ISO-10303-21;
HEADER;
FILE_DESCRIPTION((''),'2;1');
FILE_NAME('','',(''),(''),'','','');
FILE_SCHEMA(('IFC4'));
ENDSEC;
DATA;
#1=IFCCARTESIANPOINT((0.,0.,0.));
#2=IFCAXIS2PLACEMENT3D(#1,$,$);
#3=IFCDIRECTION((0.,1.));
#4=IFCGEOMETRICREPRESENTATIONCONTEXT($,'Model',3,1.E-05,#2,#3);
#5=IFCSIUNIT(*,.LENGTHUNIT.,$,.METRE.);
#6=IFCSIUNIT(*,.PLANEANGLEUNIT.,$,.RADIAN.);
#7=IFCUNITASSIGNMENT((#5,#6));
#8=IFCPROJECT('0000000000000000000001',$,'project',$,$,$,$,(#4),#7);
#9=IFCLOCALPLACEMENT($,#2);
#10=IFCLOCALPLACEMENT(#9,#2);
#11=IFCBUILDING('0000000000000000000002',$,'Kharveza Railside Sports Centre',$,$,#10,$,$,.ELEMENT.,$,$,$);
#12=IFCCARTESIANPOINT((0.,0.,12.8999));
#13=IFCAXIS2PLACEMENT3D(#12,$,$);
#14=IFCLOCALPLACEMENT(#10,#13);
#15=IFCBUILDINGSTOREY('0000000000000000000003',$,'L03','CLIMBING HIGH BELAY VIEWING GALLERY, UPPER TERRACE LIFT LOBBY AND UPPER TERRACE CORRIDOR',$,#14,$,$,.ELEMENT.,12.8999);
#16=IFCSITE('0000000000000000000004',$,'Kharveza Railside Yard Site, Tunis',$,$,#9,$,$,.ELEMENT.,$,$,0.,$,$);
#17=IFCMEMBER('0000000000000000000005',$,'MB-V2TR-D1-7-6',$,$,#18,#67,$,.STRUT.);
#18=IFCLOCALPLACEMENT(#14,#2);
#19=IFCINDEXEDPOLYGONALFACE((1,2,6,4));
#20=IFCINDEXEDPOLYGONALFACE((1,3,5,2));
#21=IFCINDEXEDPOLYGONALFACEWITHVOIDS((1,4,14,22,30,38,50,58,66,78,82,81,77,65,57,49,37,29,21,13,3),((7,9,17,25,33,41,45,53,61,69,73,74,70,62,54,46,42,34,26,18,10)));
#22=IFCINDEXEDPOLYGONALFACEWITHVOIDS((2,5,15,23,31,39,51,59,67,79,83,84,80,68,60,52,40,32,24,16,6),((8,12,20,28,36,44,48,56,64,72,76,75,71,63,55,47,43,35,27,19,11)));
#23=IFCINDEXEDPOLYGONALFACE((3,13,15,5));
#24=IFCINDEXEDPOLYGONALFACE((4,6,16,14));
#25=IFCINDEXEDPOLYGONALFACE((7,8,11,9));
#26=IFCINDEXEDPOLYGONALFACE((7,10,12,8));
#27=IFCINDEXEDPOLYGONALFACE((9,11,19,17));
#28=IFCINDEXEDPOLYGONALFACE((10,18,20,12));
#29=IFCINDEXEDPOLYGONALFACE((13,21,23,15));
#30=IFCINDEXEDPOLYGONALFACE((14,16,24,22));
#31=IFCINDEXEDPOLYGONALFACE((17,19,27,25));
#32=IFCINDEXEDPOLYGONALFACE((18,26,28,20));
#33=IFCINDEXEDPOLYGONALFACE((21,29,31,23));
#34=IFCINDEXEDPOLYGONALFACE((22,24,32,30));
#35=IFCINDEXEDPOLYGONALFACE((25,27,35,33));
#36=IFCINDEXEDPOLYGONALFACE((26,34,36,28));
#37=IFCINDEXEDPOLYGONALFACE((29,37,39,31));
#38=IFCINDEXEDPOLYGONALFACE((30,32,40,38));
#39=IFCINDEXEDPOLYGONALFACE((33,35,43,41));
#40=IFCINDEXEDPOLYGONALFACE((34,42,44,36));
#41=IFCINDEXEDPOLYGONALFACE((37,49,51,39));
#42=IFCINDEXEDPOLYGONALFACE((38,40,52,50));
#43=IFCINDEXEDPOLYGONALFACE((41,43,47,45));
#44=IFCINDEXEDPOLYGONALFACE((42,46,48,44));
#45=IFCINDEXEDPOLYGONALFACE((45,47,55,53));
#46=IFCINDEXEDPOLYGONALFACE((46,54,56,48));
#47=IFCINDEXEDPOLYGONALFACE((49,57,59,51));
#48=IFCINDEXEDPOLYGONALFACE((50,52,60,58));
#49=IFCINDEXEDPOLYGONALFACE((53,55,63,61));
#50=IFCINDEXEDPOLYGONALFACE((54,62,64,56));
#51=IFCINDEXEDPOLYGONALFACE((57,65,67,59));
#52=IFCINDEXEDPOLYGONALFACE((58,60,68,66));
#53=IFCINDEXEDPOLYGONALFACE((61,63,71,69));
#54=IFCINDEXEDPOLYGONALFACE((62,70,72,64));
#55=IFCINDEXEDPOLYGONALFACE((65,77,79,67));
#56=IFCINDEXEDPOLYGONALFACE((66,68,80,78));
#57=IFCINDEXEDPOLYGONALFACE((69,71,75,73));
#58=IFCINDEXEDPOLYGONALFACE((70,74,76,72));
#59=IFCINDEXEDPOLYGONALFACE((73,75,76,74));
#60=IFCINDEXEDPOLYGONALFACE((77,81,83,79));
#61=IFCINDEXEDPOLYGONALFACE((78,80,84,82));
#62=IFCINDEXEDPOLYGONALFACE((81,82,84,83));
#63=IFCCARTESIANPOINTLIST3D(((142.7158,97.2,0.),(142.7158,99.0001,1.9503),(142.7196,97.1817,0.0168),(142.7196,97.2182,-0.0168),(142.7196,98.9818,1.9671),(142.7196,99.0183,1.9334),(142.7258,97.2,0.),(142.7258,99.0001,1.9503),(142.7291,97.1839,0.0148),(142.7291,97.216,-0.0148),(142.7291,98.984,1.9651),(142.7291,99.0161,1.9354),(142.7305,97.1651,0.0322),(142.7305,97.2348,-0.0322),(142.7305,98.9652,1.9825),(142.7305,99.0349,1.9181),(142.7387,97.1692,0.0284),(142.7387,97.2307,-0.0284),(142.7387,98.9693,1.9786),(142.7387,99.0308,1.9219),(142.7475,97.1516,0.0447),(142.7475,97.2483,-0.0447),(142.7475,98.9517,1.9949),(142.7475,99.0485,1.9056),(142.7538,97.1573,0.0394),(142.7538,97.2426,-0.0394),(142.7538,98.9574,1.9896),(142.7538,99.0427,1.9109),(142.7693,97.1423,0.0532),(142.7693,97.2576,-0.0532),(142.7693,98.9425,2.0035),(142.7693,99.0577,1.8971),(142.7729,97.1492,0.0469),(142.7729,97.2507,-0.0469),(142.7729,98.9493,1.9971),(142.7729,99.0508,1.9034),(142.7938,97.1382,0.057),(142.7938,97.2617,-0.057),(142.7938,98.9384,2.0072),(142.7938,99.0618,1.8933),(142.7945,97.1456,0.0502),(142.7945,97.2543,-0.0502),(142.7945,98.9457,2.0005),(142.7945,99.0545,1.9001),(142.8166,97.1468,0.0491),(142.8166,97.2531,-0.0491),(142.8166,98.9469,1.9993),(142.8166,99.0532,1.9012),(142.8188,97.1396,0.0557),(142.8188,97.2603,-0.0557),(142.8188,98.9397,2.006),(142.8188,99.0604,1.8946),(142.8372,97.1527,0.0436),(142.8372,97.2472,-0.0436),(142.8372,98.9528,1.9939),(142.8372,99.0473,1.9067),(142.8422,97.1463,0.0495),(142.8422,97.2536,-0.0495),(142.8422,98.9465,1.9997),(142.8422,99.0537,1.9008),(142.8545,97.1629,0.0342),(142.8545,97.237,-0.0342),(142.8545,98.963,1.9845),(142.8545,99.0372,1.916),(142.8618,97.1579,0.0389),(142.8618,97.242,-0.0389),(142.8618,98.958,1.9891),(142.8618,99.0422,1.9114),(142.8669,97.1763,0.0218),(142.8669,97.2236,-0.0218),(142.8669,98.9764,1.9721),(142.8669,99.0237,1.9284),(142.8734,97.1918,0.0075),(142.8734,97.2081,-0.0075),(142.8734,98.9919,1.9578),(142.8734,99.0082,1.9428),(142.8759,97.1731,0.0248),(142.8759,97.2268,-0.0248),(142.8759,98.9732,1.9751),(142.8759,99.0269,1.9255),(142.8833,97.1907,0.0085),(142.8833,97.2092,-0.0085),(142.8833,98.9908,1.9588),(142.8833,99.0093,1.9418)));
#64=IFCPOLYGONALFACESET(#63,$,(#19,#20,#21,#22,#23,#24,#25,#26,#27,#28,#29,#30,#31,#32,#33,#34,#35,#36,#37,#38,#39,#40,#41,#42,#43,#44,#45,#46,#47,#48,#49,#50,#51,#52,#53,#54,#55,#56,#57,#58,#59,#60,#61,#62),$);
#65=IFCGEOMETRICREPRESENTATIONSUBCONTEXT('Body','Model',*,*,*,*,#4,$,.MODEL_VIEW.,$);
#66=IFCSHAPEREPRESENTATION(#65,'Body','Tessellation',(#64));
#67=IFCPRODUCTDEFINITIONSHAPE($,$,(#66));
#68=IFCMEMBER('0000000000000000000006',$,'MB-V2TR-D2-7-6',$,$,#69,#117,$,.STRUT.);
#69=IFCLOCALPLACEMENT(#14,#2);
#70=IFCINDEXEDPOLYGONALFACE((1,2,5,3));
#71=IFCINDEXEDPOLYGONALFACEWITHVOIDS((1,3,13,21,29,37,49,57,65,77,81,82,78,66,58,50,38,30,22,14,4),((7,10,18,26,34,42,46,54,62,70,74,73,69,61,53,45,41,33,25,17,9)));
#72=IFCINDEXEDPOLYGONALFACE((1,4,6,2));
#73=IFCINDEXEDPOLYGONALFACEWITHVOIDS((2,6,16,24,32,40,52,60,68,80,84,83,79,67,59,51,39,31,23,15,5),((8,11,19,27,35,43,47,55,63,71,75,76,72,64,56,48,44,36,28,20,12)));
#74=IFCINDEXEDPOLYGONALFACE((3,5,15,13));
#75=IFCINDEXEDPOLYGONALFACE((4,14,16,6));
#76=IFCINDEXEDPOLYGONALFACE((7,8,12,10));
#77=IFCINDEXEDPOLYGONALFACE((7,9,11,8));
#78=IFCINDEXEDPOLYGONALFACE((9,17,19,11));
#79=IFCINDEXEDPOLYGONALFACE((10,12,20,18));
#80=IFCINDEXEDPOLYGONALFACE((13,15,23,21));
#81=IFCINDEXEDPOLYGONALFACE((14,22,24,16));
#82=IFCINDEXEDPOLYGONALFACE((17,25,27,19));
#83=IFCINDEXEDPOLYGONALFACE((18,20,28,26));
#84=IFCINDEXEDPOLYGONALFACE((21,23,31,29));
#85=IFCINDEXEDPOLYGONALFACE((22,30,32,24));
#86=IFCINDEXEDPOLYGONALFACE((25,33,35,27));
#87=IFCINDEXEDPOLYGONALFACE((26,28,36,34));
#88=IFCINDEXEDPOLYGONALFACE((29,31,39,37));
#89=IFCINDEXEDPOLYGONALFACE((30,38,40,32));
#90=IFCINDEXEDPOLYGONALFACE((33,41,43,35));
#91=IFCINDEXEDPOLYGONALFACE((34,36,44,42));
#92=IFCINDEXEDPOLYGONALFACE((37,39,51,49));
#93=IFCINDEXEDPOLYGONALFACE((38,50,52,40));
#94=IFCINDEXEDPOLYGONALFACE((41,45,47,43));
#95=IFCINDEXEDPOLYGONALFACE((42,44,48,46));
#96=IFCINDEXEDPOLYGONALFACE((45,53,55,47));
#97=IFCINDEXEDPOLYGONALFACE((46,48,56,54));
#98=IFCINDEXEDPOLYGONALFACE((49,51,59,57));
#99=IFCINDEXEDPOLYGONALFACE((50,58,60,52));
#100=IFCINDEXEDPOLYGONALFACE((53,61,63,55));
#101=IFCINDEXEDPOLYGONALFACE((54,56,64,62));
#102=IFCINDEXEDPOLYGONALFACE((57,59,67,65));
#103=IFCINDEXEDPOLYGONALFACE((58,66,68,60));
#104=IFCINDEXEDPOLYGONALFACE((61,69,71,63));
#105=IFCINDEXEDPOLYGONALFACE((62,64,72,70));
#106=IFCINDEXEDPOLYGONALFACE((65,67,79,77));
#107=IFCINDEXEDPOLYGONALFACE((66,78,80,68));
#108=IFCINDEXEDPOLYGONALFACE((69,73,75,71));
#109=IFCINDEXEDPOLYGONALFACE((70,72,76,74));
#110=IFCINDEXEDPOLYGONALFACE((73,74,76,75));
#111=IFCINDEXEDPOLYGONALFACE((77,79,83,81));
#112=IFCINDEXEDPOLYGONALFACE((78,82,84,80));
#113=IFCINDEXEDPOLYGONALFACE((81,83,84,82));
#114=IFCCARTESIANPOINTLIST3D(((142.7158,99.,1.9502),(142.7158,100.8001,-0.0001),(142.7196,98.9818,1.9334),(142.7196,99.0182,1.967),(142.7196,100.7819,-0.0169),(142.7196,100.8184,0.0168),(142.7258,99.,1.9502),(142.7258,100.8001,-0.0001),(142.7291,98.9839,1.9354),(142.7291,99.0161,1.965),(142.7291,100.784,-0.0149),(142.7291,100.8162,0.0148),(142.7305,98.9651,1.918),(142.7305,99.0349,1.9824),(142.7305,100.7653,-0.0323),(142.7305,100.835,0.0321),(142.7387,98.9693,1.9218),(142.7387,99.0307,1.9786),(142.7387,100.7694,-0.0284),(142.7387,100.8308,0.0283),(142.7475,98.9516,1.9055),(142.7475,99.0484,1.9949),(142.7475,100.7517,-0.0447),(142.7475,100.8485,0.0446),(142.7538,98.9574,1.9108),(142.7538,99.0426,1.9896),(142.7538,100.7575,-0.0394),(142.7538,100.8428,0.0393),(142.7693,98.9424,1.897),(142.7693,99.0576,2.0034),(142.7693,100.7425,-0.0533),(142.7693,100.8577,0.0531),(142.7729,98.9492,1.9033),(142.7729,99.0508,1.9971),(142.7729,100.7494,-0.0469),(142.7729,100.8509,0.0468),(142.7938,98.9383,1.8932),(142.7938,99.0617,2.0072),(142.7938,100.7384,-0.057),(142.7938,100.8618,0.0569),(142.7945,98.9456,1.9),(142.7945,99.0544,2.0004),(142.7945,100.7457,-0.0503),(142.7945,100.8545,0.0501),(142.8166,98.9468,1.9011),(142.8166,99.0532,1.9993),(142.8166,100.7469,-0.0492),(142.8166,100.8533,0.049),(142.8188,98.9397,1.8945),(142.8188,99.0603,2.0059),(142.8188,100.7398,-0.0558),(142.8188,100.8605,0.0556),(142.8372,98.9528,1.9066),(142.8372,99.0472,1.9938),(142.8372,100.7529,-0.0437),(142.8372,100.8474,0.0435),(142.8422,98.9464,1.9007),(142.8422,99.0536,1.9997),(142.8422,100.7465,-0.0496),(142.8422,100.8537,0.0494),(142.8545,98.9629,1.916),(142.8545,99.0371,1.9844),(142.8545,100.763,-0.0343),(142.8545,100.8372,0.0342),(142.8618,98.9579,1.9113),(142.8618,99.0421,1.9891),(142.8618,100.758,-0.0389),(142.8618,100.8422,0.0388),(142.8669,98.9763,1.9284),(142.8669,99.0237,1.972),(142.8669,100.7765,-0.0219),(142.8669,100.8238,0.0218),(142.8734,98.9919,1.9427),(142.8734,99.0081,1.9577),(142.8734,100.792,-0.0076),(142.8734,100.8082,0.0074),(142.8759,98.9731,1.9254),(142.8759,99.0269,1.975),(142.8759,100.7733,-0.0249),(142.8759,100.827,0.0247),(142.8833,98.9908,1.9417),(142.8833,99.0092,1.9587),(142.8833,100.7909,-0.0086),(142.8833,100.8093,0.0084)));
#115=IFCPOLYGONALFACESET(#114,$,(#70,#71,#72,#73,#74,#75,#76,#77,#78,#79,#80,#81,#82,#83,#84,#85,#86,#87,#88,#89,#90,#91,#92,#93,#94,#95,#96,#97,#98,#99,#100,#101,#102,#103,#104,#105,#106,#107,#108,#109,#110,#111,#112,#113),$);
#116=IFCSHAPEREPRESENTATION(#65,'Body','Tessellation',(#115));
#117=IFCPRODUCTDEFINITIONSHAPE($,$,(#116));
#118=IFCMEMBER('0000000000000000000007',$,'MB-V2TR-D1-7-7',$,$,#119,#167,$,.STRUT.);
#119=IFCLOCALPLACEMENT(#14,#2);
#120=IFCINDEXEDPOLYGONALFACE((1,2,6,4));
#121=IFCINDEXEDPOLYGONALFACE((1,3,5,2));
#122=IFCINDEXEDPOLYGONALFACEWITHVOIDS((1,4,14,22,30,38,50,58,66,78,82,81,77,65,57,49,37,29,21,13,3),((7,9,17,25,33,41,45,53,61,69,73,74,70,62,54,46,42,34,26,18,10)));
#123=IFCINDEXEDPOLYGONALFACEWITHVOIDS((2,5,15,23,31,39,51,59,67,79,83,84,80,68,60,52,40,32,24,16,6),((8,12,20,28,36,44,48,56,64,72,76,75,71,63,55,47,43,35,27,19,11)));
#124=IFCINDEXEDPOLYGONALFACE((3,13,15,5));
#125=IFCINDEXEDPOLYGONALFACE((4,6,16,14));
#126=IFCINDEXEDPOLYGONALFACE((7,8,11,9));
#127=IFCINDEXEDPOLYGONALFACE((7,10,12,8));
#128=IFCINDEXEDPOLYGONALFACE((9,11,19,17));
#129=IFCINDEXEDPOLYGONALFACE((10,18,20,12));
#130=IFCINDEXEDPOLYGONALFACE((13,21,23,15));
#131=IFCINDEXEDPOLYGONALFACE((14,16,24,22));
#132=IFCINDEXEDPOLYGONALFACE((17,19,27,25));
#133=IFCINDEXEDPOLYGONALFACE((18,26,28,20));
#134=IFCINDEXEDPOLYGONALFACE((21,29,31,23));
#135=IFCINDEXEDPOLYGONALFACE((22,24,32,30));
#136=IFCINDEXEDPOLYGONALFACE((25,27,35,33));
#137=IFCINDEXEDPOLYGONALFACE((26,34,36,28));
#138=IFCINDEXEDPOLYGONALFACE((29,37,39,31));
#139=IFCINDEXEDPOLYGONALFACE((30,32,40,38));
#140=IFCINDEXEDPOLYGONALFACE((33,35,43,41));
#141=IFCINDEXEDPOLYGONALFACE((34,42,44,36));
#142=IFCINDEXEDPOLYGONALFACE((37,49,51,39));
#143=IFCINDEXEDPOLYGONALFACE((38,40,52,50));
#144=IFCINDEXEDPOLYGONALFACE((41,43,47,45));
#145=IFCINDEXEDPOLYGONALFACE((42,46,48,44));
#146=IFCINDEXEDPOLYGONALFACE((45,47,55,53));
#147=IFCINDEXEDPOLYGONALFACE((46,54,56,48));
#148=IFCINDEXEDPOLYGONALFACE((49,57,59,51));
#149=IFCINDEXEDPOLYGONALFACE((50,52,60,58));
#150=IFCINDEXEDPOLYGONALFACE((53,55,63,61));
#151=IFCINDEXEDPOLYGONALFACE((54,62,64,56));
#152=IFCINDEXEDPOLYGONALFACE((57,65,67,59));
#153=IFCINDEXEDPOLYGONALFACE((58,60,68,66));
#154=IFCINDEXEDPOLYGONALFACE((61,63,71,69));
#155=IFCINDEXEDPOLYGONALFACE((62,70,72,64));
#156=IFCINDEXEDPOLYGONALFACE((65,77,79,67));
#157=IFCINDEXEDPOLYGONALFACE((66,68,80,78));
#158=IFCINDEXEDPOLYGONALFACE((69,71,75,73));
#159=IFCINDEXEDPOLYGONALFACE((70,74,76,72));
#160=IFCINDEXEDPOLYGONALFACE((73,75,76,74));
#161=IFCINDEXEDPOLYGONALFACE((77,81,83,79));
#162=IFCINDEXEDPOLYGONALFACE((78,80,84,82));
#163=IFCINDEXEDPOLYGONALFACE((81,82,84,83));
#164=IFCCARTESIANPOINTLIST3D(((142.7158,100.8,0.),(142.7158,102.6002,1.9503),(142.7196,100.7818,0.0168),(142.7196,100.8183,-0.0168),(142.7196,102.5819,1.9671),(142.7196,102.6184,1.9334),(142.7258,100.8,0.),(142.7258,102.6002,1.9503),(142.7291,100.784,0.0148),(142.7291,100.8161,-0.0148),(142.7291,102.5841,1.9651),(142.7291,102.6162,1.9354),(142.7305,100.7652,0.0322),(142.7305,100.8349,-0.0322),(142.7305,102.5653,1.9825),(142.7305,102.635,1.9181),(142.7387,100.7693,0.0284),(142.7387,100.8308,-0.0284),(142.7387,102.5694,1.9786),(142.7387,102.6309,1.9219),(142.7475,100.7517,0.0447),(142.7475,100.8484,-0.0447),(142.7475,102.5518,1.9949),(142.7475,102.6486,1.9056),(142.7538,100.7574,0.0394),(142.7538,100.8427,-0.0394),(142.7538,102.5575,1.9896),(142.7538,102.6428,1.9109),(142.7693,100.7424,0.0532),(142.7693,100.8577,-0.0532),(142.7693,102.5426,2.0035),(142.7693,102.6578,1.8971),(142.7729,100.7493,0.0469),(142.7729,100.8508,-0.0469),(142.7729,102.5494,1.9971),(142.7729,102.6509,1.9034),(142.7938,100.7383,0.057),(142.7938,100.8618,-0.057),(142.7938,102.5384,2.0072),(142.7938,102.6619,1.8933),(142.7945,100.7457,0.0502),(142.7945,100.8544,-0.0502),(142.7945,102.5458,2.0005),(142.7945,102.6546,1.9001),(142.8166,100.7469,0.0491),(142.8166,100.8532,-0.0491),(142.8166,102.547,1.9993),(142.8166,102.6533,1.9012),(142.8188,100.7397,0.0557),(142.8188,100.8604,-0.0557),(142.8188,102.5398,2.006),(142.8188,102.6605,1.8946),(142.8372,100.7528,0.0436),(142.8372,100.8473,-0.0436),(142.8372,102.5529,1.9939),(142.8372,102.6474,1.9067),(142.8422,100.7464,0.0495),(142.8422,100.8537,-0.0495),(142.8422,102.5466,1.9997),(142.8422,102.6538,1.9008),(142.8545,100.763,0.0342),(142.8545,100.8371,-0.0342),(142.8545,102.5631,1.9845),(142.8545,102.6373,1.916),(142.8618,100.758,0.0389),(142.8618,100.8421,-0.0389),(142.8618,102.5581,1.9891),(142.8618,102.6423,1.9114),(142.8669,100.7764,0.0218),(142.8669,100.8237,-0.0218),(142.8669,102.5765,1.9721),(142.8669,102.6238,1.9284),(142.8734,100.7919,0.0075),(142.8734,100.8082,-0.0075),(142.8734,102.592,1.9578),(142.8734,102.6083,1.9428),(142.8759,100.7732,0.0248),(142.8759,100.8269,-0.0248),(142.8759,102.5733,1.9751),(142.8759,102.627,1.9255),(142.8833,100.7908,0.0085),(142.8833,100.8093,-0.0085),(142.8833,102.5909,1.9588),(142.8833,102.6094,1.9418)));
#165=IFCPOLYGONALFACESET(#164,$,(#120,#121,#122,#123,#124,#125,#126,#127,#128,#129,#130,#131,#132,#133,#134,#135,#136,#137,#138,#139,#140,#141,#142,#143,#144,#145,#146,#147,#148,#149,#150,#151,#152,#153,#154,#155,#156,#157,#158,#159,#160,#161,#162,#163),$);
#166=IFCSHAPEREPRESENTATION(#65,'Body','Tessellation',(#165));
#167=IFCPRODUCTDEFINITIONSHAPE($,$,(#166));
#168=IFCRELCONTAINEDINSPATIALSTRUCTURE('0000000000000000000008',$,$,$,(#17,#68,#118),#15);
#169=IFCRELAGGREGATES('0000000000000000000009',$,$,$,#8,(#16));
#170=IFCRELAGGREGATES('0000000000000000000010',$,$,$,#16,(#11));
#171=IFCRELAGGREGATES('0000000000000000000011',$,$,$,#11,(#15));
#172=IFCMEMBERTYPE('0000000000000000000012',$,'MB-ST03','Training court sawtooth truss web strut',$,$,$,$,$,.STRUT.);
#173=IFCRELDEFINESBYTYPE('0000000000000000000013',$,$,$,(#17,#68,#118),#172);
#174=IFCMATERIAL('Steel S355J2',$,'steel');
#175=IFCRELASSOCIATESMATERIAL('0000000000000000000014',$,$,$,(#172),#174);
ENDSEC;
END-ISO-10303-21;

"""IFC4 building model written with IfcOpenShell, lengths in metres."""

from ifc_helpers import new_model, si_unit, direction, frame, origin, origin_2d, place, context, subcontext, project, spatial, hollow_circle, extrude, material, material_profile, profile_set, type_object, element, save


model = new_model("IFC4")

# Units and contexts
model_context = context("Model", 3, precision=1e-05, world=origin(), true_north=direction((0.0, 1.0)))
body_context = subcontext(model_context, "Body", "Model", "MODEL_VIEW")
ifc_project = project(units=[si_unit("LENGTHUNIT", "METRE"), si_unit("PLANEANGLEUNIT", "RADIAN")], contexts=[model_context])

# Site, building, storey
site_placement = place(None, origin())
site = spatial("IfcSite", under=ifc_project, at=site_placement, Name="Kharveza Railside Yard Site, Tunis", CompositionType="ELEMENT", RefElevation=0.0)
building_placement = place(site_placement, origin())
building = spatial("IfcBuilding", under=site, at=building_placement, Name="Kharveza Railside Sports Centre", CompositionType="ELEMENT")
storey_placement = place(building_placement, frame((0.0, 0.0, 12.8999)))
storey = spatial("IfcBuildingStorey", under=building, at=storey_placement, Name="L03", Description="CLIMBING HIGH BELAY VIEWING GALLERY, UPPER TERRACE LIFT LOBBY AND UPPER TERRACE CORRIDOR", CompositionType="ELEMENT", Elevation=12.8999)

# Members
ifc_material_1 = material(Name="Steel S355J2", Category="steel")
ifc_material_profile_1 = material_profile(ifc_material_1, hollow_circle(Radius=0.0842, WallThickness=0.01, at=origin_2d()), Name="CHS 168.3x10.0")
ifc_profile_set_1 = profile_set([ifc_material_profile_1], Name="Steel S355J2")
member_type_1 = type_object("IfcMemberType", Name="MB-ST03", Description="Training court sawtooth truss web strut", PredefinedType="STRUT", material=ifc_profile_set_1)
for number, where, z_axis, x_axis, name in (
    (1, (142.8, 97.2, 0.0), (0.0, 0.678253, 0.734828), (-1.0, 0.0, 0.0), "MB-V2TR-D1-7-6"),
    (2, (142.8, 99.0, 1.9502), (0.0, 0.678253, -0.734828), (-1.0, 0.0, 0.0), "MB-V2TR-D2-7-6"),
    (3, (142.8, 100.8, 0.0), (0.0, 0.678253, 0.734828), (-1.0, 0.0, 0.0), "MB-V2TR-D1-7-7"),
):
    element("IfcMember", number, at=place(storey_placement, frame(where, z_axis=z_axis, x_axis=x_axis)), inside=storey, type_object=member_type_1, Name=name, PredefinedType="STRUT", context=body_context, shape_type="SweptSolid", body=[
        extrude(hollow_circle(Radius=0.0842, WallThickness=0.01, at=origin_2d()), origin(), (0.0, 0.0, 1.0), 2.6541),
    ])

save(model, "model.ifc")
